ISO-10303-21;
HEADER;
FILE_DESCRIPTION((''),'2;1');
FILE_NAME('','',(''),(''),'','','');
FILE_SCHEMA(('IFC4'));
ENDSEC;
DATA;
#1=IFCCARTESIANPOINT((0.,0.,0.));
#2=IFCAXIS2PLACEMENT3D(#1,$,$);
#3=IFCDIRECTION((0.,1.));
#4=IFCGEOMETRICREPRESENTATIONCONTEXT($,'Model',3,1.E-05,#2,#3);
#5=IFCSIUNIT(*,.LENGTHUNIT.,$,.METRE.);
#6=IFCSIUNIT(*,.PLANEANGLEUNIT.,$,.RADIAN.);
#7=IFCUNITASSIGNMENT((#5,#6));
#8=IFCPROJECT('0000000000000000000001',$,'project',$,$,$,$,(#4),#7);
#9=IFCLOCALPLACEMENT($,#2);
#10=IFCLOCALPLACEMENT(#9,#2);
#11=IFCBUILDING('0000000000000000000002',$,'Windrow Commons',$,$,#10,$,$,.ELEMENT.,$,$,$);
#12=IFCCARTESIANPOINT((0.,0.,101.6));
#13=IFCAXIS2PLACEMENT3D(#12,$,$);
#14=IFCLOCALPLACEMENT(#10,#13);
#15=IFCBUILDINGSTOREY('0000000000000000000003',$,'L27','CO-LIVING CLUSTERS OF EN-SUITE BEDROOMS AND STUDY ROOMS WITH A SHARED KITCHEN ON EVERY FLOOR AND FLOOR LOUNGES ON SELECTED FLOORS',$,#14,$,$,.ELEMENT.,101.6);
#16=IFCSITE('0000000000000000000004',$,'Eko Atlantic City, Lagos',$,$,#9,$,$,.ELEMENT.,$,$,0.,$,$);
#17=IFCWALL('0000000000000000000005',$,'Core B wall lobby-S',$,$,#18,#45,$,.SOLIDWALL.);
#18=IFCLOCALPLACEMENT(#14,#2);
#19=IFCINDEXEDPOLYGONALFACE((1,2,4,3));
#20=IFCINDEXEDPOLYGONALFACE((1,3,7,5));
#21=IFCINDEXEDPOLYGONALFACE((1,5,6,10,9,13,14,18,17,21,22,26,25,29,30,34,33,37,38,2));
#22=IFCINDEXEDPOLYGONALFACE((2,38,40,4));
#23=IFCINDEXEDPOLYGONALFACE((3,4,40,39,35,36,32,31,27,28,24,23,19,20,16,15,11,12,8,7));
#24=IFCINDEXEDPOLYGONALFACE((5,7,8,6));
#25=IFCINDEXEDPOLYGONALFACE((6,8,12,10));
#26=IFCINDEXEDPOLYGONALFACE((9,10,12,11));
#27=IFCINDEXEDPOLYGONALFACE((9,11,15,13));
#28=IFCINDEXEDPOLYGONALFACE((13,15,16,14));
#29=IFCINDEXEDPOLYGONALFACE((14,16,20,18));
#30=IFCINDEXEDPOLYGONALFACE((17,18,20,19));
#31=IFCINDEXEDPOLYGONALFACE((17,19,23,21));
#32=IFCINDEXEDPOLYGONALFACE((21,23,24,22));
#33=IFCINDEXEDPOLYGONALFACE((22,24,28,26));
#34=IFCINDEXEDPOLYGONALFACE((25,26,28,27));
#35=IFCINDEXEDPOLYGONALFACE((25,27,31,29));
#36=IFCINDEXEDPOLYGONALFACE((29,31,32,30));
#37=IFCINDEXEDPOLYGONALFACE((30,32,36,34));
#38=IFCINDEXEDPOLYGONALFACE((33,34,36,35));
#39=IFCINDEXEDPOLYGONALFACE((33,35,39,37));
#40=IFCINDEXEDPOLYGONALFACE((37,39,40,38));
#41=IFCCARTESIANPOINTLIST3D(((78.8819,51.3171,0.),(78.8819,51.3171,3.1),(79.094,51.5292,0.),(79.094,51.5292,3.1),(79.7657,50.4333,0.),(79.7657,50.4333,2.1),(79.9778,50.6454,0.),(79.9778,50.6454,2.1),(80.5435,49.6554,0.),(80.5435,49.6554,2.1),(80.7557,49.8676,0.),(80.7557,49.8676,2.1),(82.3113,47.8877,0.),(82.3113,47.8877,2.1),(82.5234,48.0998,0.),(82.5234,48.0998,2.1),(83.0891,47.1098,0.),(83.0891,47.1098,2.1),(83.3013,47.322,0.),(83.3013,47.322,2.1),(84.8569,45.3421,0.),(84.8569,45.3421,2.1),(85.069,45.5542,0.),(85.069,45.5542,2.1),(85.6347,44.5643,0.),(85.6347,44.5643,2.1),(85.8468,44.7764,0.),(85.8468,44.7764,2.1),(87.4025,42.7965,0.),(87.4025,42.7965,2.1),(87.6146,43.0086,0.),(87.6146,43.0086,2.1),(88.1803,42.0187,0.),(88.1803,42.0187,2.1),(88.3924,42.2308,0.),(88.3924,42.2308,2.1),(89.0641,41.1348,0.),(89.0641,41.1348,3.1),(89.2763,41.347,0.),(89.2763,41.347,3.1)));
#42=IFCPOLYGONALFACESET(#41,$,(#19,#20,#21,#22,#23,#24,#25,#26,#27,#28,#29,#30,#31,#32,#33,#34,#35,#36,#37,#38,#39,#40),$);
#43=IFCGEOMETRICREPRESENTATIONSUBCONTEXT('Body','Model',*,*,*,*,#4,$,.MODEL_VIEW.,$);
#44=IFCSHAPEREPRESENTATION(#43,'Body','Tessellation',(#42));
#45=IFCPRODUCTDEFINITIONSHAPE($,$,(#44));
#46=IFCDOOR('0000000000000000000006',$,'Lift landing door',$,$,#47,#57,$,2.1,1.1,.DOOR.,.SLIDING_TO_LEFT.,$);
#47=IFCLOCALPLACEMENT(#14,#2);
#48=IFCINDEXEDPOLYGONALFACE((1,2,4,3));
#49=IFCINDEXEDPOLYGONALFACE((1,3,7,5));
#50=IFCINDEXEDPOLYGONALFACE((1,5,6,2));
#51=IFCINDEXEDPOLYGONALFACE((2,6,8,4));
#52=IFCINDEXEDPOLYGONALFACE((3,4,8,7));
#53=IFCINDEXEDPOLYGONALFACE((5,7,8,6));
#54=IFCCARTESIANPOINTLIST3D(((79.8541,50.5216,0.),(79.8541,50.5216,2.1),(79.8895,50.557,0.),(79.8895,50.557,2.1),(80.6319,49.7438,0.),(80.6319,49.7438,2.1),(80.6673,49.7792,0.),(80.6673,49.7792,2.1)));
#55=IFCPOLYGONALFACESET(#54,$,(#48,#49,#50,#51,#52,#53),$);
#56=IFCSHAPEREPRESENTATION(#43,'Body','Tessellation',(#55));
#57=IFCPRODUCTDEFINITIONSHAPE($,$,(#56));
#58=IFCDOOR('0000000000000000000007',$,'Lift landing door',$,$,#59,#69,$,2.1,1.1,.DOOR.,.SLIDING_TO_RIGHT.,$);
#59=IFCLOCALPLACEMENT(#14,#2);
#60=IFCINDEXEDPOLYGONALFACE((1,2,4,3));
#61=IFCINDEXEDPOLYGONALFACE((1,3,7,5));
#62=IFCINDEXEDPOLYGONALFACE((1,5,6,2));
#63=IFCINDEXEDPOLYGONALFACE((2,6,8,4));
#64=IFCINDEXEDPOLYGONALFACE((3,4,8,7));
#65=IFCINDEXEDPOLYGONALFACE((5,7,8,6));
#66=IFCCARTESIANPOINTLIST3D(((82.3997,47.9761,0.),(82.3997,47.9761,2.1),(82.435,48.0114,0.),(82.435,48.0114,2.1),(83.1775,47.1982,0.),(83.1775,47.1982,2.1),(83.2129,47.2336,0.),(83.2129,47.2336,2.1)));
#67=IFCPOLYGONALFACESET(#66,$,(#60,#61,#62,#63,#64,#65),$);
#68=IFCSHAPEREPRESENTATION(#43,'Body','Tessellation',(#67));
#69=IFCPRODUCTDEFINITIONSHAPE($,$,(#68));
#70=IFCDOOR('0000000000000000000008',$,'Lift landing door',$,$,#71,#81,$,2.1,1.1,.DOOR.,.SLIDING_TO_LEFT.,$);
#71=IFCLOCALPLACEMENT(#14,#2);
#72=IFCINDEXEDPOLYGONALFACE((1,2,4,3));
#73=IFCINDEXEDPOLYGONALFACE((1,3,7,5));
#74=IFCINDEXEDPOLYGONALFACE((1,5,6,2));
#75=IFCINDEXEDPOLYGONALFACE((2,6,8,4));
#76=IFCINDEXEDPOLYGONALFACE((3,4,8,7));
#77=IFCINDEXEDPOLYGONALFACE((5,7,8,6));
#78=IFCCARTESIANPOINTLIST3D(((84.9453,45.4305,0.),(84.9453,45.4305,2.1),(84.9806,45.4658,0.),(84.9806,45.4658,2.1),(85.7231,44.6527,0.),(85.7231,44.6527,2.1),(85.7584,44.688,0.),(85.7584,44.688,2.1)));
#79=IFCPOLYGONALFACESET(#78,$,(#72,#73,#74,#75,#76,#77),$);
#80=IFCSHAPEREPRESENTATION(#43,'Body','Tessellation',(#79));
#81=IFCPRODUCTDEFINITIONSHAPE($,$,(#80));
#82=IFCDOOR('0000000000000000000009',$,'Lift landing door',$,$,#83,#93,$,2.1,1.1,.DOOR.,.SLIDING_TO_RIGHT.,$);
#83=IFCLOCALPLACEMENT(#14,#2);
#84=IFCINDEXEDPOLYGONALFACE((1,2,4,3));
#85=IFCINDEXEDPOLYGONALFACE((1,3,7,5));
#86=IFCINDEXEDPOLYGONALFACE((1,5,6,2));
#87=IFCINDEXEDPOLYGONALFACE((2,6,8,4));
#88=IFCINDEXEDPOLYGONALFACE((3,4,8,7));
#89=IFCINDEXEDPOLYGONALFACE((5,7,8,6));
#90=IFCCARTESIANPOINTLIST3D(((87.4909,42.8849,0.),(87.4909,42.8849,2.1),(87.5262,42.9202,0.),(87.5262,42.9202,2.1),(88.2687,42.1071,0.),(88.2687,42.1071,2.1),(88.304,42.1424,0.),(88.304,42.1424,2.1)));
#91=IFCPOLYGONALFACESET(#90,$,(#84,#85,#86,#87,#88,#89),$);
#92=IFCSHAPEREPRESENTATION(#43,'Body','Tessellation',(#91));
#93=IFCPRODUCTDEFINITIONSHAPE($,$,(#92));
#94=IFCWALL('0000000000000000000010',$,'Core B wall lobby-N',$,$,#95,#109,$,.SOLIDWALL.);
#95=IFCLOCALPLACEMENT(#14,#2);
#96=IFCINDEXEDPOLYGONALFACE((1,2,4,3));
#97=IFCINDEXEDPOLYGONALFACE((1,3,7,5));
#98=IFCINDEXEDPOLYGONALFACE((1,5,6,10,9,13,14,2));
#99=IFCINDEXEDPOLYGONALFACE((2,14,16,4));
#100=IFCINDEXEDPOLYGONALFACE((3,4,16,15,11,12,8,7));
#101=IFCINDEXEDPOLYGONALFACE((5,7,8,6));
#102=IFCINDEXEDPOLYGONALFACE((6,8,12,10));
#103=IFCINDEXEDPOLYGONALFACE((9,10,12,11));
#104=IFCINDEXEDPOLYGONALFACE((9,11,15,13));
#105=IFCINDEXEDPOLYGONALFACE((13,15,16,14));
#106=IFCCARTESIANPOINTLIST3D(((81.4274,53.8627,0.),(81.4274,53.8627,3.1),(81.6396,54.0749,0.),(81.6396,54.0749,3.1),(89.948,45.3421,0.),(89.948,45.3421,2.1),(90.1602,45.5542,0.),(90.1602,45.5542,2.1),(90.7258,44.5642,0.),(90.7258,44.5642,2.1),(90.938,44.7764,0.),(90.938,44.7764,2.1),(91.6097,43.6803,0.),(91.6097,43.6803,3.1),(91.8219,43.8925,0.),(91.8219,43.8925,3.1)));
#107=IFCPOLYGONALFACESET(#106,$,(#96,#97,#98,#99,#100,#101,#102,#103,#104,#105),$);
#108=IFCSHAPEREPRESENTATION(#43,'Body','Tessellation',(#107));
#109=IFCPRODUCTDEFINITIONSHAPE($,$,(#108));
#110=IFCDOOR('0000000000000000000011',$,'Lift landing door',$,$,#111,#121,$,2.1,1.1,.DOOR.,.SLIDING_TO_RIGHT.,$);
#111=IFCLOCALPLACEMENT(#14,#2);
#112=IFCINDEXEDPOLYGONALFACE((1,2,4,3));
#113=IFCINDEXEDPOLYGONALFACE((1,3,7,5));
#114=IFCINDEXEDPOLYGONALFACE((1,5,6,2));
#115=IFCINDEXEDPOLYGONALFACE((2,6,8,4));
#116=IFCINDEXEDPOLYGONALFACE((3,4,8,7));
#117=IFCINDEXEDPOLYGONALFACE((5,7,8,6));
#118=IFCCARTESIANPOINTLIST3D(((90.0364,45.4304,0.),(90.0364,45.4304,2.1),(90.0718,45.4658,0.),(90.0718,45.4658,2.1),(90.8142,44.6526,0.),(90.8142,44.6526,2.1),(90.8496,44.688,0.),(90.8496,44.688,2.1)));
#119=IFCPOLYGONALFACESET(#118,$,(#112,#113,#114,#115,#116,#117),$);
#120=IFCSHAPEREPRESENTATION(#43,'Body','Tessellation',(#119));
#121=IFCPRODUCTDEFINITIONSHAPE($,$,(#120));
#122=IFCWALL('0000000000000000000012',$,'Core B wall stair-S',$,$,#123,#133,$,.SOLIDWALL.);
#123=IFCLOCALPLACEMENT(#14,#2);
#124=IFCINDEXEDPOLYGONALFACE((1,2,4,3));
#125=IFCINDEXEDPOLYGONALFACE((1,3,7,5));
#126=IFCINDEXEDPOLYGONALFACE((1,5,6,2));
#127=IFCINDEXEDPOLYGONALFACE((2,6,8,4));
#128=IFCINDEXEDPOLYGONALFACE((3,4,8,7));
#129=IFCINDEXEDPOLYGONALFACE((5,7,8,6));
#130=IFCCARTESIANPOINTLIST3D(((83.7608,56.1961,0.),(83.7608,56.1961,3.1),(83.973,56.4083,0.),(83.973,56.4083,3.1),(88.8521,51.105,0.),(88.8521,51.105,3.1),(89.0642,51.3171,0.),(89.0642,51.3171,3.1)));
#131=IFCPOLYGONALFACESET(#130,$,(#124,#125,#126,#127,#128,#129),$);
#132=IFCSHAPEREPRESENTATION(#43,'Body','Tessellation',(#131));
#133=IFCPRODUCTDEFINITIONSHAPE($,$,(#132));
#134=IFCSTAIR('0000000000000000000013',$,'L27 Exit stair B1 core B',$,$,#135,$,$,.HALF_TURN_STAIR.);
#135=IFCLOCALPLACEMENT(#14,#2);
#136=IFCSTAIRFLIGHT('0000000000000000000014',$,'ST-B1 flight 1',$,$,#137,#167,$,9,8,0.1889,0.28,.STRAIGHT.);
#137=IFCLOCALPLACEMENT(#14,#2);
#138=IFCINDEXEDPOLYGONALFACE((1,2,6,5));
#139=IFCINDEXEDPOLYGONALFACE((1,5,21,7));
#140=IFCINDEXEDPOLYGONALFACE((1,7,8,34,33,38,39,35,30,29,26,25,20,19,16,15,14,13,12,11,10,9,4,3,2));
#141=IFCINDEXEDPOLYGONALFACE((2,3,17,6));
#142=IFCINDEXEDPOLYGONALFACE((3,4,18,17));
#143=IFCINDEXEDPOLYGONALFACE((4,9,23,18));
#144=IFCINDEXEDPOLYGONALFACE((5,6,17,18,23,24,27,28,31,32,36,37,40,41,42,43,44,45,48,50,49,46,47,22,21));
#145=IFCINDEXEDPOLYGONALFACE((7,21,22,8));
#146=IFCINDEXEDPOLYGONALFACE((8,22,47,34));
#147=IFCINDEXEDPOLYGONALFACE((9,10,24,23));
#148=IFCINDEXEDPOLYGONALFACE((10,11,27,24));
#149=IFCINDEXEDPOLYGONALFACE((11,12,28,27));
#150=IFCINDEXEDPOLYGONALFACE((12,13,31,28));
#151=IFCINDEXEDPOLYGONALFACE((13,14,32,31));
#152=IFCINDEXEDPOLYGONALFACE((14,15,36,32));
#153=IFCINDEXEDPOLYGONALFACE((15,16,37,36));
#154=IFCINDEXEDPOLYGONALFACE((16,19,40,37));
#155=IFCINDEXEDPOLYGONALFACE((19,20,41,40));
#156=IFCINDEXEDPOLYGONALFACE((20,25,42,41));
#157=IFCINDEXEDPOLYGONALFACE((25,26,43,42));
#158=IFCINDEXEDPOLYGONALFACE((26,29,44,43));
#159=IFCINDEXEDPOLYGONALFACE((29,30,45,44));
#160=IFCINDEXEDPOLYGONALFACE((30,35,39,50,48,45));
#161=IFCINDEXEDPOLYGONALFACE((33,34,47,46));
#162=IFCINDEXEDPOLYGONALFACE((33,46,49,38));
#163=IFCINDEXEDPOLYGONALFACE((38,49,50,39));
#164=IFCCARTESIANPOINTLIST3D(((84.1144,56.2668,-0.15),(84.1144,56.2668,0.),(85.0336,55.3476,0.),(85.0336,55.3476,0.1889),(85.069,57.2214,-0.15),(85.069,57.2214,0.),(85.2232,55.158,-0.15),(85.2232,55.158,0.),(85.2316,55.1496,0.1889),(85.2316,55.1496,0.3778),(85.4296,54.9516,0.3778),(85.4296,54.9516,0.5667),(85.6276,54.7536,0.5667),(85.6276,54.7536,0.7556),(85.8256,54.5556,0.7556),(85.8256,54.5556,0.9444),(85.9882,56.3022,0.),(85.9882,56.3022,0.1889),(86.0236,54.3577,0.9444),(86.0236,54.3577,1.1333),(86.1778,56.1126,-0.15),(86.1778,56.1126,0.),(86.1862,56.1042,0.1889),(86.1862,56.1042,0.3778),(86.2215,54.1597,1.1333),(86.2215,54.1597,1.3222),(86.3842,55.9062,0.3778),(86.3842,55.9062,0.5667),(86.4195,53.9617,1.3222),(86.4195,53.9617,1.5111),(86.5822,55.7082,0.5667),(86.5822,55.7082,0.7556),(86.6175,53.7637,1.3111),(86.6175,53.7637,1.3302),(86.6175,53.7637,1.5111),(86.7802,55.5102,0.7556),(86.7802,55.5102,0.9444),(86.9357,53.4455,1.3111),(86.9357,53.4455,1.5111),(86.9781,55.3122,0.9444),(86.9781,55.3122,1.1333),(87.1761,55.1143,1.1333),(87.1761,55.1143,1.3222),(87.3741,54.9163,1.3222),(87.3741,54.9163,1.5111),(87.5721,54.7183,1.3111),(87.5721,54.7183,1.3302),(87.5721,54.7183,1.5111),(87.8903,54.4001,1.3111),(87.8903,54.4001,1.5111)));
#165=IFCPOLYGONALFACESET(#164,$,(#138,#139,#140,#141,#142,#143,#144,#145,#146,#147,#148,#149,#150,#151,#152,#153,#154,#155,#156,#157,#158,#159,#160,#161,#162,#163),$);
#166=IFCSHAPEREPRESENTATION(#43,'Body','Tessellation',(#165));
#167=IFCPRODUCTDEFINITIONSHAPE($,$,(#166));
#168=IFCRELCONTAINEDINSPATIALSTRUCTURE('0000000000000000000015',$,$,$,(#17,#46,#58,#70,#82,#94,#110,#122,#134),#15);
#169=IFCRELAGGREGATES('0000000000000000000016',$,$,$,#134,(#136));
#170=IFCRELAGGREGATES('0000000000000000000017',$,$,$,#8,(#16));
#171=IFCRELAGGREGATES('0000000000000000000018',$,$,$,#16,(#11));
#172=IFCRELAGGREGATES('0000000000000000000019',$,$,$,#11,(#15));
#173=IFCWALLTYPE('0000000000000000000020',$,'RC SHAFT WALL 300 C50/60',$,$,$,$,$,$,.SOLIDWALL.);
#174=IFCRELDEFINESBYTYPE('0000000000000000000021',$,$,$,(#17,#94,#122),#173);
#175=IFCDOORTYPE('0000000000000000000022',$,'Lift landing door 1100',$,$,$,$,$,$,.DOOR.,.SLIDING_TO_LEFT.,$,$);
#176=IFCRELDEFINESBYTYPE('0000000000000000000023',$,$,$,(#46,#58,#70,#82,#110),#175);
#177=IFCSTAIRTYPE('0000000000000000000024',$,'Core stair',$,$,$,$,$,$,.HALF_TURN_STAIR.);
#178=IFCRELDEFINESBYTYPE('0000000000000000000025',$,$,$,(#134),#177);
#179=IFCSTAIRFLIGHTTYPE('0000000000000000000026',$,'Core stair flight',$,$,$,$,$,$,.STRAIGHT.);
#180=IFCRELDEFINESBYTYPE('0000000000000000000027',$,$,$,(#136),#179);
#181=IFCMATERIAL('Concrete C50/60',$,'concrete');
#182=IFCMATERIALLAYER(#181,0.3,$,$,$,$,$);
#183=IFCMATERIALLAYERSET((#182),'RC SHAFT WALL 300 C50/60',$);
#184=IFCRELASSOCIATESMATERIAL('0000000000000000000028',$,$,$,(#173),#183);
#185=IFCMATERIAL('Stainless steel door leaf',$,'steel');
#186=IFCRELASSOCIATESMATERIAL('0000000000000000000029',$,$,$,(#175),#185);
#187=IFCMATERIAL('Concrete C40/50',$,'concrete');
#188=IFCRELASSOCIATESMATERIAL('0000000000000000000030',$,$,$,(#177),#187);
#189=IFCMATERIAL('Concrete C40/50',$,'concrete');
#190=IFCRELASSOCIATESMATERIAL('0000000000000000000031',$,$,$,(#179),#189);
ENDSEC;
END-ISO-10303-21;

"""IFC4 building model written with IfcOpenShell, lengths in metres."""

from ifc_helpers import new_model, si_unit, direction, frame, frame_2d, origin, place, context, subcontext, project, spatial, polyline, rectangle, outline, extrude, material, layer, layer_set, type_object, element, fill, aggregate, save


model = new_model("IFC4")

# Units and contexts
model_context = context("Model", 3, precision=1e-05, world=origin(), true_north=direction((0.0, 1.0)))
body_context = subcontext(model_context, "Body", "Model", "MODEL_VIEW")
ifc_project = project(units=[si_unit("LENGTHUNIT", "METRE"), si_unit("PLANEANGLEUNIT", "RADIAN")], contexts=[model_context])

# Site, building, storey
site_placement = place(None, origin())
site = spatial("IfcSite", under=ifc_project, at=site_placement, Name="Eko Atlantic City, Lagos", CompositionType="ELEMENT", RefElevation=0.0)
building_placement = place(site_placement, origin())
building = spatial("IfcBuilding", under=site, at=building_placement, Name="Windrow Commons", CompositionType="ELEMENT")
storey_placement = place(building_placement, frame((0.0, 0.0, 101.6)))
storey = spatial("IfcBuildingStorey", under=building, at=storey_placement, Name="L27", Description="CO-LIVING CLUSTERS OF EN-SUITE BEDROOMS AND STUDY ROOMS WITH A SHARED KITCHEN ON EVERY FLOOR AND FLOOR LOUNGES ON SELECTED FLOORS", CompositionType="ELEMENT", Elevation=101.6)

# Shared definitions
ifc_material_1 = material(Name="Concrete C50/60", Category="concrete")
ifc_layer_1 = layer(ifc_material_1, 0.3)
ifc_layer_set_1 = layer_set([ifc_layer_1], Name="RC SHAFT WALL 300 C50/60")
wall_type_1 = type_object("IfcWallType", Name="RC SHAFT WALL 300 C50/60", PredefinedType="SOLIDWALL", material=ifc_layer_set_1)

# Wall, openings, doors
wall_1_placement = place(storey_placement, frame((78.9879, 51.4232, 0.0), z_axis=(0.0, 0.0, 1.0), x_axis=(0.707107, -0.707107, 0.0)))
wall_1 = element("IfcWall", 1, at=wall_1_placement, inside=storey, type_object=wall_type_1, Name="Core B wall lobby-S", PredefinedType="SOLIDWALL", context=body_context, shape_type="SweptSolid", body=[
    extrude(rectangle(XDim=14.3999, YDim=0.3, at=frame_2d((7.2, 0.0))), origin(), (0.0, 0.0, 1.0), 3.1),
])
opening_1_placement = place(wall_1_placement, frame((1.25, 0.0, 0.0)))
opening_1 = element("IfcOpeningElement", 2, at=opening_1_placement, cuts=wall_1, PredefinedType="OPENING", context=body_context, shape_type="SweptSolid", body=[
    extrude(rectangle(XDim=1.1, YDim=2.1, at=frame_2d((0.55, 1.05))), frame((0.0, 0.16, 0.0), z_axis=(0.0, -1.0, 0.0), x_axis=(1.0, 0.0, 0.0)), (0.0, 0.0, 1.0), 0.32),
])
opening_2_placement = place(wall_1_placement, frame((4.85, 0.0, 0.0)))
opening_2 = element("IfcOpeningElement", 3, at=opening_2_placement, cuts=wall_1, PredefinedType="OPENING", context=body_context, shape_type="SweptSolid", body=[
    extrude(rectangle(XDim=1.1, YDim=2.1, at=frame_2d((0.55, 1.05))), frame((0.0, 0.16, 0.0), z_axis=(0.0, -1.0, 0.0), x_axis=(1.0, 0.0, 0.0)), (0.0, 0.0, 1.0), 0.32),
])
opening_3_placement = place(wall_1_placement, frame((8.45, 0.0, 0.0)))
opening_3 = element("IfcOpeningElement", 4, at=opening_3_placement, cuts=wall_1, PredefinedType="OPENING", context=body_context, shape_type="SweptSolid", body=[
    extrude(rectangle(XDim=1.1, YDim=2.1, at=frame_2d((0.55, 1.05))), frame((0.0, 0.16, 0.0), z_axis=(0.0, -1.0, 0.0), x_axis=(1.0, 0.0, 0.0)), (0.0, 0.0, 1.0), 0.32),
])
opening_4_placement = place(wall_1_placement, frame((12.05, 0.0, 0.0)))
opening_4 = element("IfcOpeningElement", 5, at=opening_4_placement, cuts=wall_1, PredefinedType="OPENING", context=body_context, shape_type="SweptSolid", body=[
    extrude(rectangle(XDim=1.1, YDim=2.1, at=frame_2d((0.55, 1.05))), frame((0.0, 0.16, 0.0), z_axis=(0.0, -1.0, 0.0), x_axis=(1.0, 0.0, 0.0)), (0.0, 0.0, 1.0), 0.32),
])
ifc_material_2 = material(Name="Stainless steel door leaf", Category="steel")
door_type_1 = type_object("IfcDoorType", Name="Lift landing door 1100", OperationType="SLIDING_TO_LEFT", PredefinedType="DOOR", material=ifc_material_2)
door_1_placement = place(opening_1_placement, origin())
door_1 = element("IfcDoor", 6, at=door_1_placement, inside=storey, type_object=door_type_1, Name="Lift landing door", OperationType="SLIDING_TO_LEFT", OverallHeight=2.1, OverallWidth=1.1, PredefinedType="DOOR", context=body_context, shape_type="SweptSolid", body=[
    extrude(rectangle(XDim=1.1, YDim=2.1, at=frame_2d((0.55, 1.05))), frame((0.0, 0.025, 0.0), z_axis=(0.0, -1.0, 0.0), x_axis=(1.0, 0.0, 0.0)), (0.0, 0.0, 1.0), 0.05),
])
fill(opening_1, door_1)
door_2_placement = place(opening_2_placement, origin())
door_2 = element("IfcDoor", 7, at=door_2_placement, inside=storey, type_object=door_type_1, Name="Lift landing door", OperationType="SLIDING_TO_RIGHT", OverallHeight=2.1, OverallWidth=1.1, PredefinedType="DOOR", context=body_context, shape_type="SweptSolid", body=[
    extrude(rectangle(XDim=1.1, YDim=2.1, at=frame_2d((0.55, 1.05))), frame((0.0, 0.025, 0.0), z_axis=(0.0, -1.0, 0.0), x_axis=(1.0, 0.0, 0.0)), (0.0, 0.0, 1.0), 0.05),
])
fill(opening_2, door_2)
door_3_placement = place(opening_3_placement, origin())
door_3 = element("IfcDoor", 8, at=door_3_placement, inside=storey, type_object=door_type_1, Name="Lift landing door", OperationType="SLIDING_TO_LEFT", OverallHeight=2.1, OverallWidth=1.1, PredefinedType="DOOR", context=body_context, shape_type="SweptSolid", body=[
    extrude(rectangle(XDim=1.1, YDim=2.1, at=frame_2d((0.55, 1.05))), frame((0.0, 0.025, 0.0), z_axis=(0.0, -1.0, 0.0), x_axis=(1.0, 0.0, 0.0)), (0.0, 0.0, 1.0), 0.05),
])
fill(opening_3, door_3)
door_4_placement = place(opening_4_placement, origin())
door_4 = element("IfcDoor", 9, at=door_4_placement, inside=storey, type_object=door_type_1, Name="Lift landing door", OperationType="SLIDING_TO_RIGHT", OverallHeight=2.1, OverallWidth=1.1, PredefinedType="DOOR", context=body_context, shape_type="SweptSolid", body=[
    extrude(rectangle(XDim=1.1, YDim=2.1, at=frame_2d((0.55, 1.05))), frame((0.0, 0.025, 0.0), z_axis=(0.0, -1.0, 0.0), x_axis=(1.0, 0.0, 0.0)), (0.0, 0.0, 1.0), 0.05),
])
fill(opening_4, door_4)

# Wall, opening, door
wall_2_placement = place(storey_placement, frame((81.5335, 53.9688, 0.0), z_axis=(0.0, 0.0, 1.0), x_axis=(0.707103, -0.70711, 0.0)))
wall_2 = element("IfcWall", 10, at=wall_2_placement, inside=storey, type_object=wall_type_1, Name="Core B wall lobby-N", PredefinedType="SOLIDWALL", context=body_context, shape_type="SweptSolid", body=[
    extrude(rectangle(XDim=14.4, YDim=0.3, at=frame_2d((7.2, 0.0))), origin(), (0.0, 0.0, 1.0), 3.1),
])
opening_5_placement = place(wall_2_placement, frame((12.05, 0.0, 0.0)))
opening_5 = element("IfcOpeningElement", 11, at=opening_5_placement, cuts=wall_2, PredefinedType="OPENING", context=body_context, shape_type="SweptSolid", body=[
    extrude(rectangle(XDim=1.1, YDim=2.1, at=frame_2d((0.55, 1.05))), frame((0.0, 0.16, 0.0), z_axis=(0.0, -1.0, 0.0), x_axis=(1.0, 0.0, 0.0)), (0.0, 0.0, 1.0), 0.32),
])
door_5_placement = place(opening_5_placement, origin())
door_5 = element("IfcDoor", 12, at=door_5_placement, inside=storey, type_object=door_type_1, Name="Lift landing door", OperationType="SLIDING_TO_RIGHT", OverallHeight=2.1, OverallWidth=1.1, PredefinedType="DOOR", context=body_context, shape_type="SweptSolid", body=[
    extrude(rectangle(XDim=1.1, YDim=2.1, at=frame_2d((0.55, 1.05))), frame((0.0, 0.025, 0.0), z_axis=(0.0, -1.0, 0.0), x_axis=(1.0, 0.0, 0.0)), (0.0, 0.0, 1.0), 0.05),
])
fill(opening_5, door_5)

# Wall
wall_3_placement = place(storey_placement, frame((83.8669, 56.3022, 0.0), z_axis=(0.0, 0.0, 1.0), x_axis=(0.707114, -0.7071, 0.0)))
element("IfcWall", 13, at=wall_3_placement, inside=storey, type_object=wall_type_1, Name="Core B wall stair-S", PredefinedType="SOLIDWALL", context=body_context, shape_type="SweptSolid", body=[
    extrude(rectangle(XDim=7.2, YDim=0.3, at=frame_2d((3.6, 0.0))), origin(), (0.0, 0.0, 1.0), 3.1),
])

# Stair, stair flight
ifc_material_3 = material(Name="Concrete C40/50", Category="concrete")
stair_type = type_object("IfcStairType", Name="Core stair", PredefinedType="HALF_TURN_STAIR", material=ifc_material_3)
stair_placement = place(storey_placement, origin())
stair = element("IfcStair", 14, at=stair_placement, inside=storey, type_object=stair_type, Name="L27 Exit stair B1 core B", PredefinedType="HALF_TURN_STAIR")
ifc_material_4 = material(Name="Concrete C40/50", Category="concrete")
stair_flight_type = type_object("IfcStairFlightType", Name="Core stair flight", PredefinedType="STRAIGHT", material=ifc_material_4)
stair_flight_placement = place(storey_placement, frame((85.5109, 55.8249, 0.0), z_axis=(0.0, 0.0, 1.0), x_axis=(0.707107, -0.707107, 0.0)))
stair_flight = element("IfcStairFlight", 15, at=stair_flight_placement, type_object=stair_flight_type, Name="ST-B1 flight 1", NumberOfRisers=9, NumberOfTreads=8, PredefinedType="STRAIGHT", RiserHeight=0.1889, TreadLength=0.28, context=body_context, shape_type="SweptSolid", body=[
    extrude(outline(polyline([(-1.3, -0.15), (-1.3, 0.0), (0.0, 0.0), (0.0, 0.1889), (0.28, 0.1889), (0.28, 0.3778), (0.56, 0.3778), (0.56, 0.5667), (0.84, 0.5667), (0.84, 0.7556), (1.12, 0.7556), (1.12, 0.9444), (1.4, 0.9444), (1.4, 1.1333), (1.68, 1.1333), (1.68, 1.3222), (1.96, 1.3222), (1.96, 1.5111), (2.24, 1.5111), (2.69, 1.5111), (2.69, 1.3111), (2.24, 1.3111), (2.24, 1.3302), (0.2682, 0.0), (0.2682, -0.15), (-1.3, -0.15)])), frame((0.0, 0.675, 0.0), z_axis=(0.0, -1.0, 0.0), x_axis=(1.0, 0.0, 0.0)), (0.0, 0.0, 1.0), 1.35),
])
aggregate(stair, [stair_flight])

save(model, "model.ifc")
